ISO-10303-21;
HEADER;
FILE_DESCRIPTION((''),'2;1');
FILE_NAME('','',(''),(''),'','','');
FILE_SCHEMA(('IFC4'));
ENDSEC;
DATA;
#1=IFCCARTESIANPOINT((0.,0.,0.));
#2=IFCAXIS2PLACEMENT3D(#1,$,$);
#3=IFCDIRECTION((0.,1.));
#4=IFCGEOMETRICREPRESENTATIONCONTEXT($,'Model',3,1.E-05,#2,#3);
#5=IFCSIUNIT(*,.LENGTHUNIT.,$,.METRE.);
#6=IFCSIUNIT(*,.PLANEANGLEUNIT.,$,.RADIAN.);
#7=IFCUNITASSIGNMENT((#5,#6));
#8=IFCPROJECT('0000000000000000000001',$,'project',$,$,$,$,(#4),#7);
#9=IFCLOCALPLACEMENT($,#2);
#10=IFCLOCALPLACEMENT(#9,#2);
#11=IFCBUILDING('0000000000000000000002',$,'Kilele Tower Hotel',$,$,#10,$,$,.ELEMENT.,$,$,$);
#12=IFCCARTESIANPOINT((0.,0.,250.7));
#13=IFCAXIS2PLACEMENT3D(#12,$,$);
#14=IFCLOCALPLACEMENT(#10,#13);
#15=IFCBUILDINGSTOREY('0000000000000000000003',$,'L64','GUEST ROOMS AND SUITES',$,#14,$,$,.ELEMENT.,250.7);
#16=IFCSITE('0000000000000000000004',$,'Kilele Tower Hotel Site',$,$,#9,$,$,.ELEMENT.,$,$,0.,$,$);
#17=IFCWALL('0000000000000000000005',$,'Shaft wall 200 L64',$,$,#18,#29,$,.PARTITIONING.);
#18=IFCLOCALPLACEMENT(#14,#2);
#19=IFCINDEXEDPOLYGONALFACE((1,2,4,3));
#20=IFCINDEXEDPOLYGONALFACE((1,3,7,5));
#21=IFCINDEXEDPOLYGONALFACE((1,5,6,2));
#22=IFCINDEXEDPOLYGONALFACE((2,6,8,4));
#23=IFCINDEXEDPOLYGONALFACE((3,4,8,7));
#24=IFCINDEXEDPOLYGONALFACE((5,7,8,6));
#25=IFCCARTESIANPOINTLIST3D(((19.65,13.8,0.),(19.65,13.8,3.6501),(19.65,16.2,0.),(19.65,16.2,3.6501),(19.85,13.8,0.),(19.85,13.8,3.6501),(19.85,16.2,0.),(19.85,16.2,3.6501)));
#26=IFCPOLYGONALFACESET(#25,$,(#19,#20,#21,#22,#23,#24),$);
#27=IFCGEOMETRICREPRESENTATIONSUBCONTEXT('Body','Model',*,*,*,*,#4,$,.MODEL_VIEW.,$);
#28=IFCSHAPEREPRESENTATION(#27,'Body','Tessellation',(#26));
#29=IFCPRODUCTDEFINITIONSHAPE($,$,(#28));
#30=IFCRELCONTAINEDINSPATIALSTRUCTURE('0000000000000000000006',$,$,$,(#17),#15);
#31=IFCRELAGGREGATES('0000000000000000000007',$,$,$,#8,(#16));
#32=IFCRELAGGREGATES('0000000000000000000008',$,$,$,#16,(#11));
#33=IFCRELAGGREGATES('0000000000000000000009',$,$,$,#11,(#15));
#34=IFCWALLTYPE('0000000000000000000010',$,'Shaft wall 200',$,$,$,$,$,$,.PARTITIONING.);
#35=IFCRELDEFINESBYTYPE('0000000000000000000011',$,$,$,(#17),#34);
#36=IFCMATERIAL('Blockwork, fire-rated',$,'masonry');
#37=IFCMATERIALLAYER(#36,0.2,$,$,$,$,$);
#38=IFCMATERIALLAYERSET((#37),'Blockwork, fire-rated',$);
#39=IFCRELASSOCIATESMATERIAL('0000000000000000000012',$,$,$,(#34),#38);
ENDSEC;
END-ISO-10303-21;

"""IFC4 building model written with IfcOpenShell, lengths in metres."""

from ifc_helpers import new_model, si_unit, direction, frame, frame_2d, origin, place, context, subcontext, project, spatial, rectangle, extrude, material, layer, layer_set, type_object, element, save


model = new_model("IFC4")

# Units and contexts
model_context = context("Model", 3, precision=1e-05, world=origin(), true_north=direction((0.0, 1.0)))
body_context = subcontext(model_context, "Body", "Model", "MODEL_VIEW")
ifc_project = project(units=[si_unit("LENGTHUNIT", "METRE"), si_unit("PLANEANGLEUNIT", "RADIAN")], contexts=[model_context])

# Site, building, storey
site_placement = place(None, origin())
site = spatial("IfcSite", under=ifc_project, at=site_placement, Name="Kilele Tower Hotel Site", CompositionType="ELEMENT", RefElevation=0.0)
building_placement = place(site_placement, origin())
building = spatial("IfcBuilding", under=site, at=building_placement, Name="Kilele Tower Hotel", CompositionType="ELEMENT")
storey_placement = place(building_placement, frame((0.0, 0.0, 250.7)))
storey = spatial("IfcBuildingStorey", under=building, at=storey_placement, Name="L64", Description="GUEST ROOMS AND SUITES", CompositionType="ELEMENT", Elevation=250.7)

# Wall
ifc_material_1 = material(Name="Blockwork, fire-rated", Category="masonry")
ifc_layer_1 = layer(ifc_material_1, 0.2)
ifc_layer_set_1 = layer_set([ifc_layer_1], Name="Blockwork, fire-rated")
wall_type_1 = type_object("IfcWallType", Name="Shaft wall 200", PredefinedType="PARTITIONING", material=ifc_layer_set_1)
wall_1_placement = place(storey_placement, frame((19.75, 13.8, 0.0), z_axis=(0.0, 0.0, 1.0), x_axis=(0.0, 1.0, 0.0)))
element("IfcWall", 1, at=wall_1_placement, inside=storey, type_object=wall_type_1, Name="Shaft wall 200 L64", PredefinedType="PARTITIONING", context=body_context, shape_type="SweptSolid", body=[
    extrude(rectangle(XDim=2.3999, YDim=0.2, at=frame_2d((1.2, 0.0))), origin(), (0.0, 0.0, 1.0), 3.6501),
])

save(model, "model.ifc")
